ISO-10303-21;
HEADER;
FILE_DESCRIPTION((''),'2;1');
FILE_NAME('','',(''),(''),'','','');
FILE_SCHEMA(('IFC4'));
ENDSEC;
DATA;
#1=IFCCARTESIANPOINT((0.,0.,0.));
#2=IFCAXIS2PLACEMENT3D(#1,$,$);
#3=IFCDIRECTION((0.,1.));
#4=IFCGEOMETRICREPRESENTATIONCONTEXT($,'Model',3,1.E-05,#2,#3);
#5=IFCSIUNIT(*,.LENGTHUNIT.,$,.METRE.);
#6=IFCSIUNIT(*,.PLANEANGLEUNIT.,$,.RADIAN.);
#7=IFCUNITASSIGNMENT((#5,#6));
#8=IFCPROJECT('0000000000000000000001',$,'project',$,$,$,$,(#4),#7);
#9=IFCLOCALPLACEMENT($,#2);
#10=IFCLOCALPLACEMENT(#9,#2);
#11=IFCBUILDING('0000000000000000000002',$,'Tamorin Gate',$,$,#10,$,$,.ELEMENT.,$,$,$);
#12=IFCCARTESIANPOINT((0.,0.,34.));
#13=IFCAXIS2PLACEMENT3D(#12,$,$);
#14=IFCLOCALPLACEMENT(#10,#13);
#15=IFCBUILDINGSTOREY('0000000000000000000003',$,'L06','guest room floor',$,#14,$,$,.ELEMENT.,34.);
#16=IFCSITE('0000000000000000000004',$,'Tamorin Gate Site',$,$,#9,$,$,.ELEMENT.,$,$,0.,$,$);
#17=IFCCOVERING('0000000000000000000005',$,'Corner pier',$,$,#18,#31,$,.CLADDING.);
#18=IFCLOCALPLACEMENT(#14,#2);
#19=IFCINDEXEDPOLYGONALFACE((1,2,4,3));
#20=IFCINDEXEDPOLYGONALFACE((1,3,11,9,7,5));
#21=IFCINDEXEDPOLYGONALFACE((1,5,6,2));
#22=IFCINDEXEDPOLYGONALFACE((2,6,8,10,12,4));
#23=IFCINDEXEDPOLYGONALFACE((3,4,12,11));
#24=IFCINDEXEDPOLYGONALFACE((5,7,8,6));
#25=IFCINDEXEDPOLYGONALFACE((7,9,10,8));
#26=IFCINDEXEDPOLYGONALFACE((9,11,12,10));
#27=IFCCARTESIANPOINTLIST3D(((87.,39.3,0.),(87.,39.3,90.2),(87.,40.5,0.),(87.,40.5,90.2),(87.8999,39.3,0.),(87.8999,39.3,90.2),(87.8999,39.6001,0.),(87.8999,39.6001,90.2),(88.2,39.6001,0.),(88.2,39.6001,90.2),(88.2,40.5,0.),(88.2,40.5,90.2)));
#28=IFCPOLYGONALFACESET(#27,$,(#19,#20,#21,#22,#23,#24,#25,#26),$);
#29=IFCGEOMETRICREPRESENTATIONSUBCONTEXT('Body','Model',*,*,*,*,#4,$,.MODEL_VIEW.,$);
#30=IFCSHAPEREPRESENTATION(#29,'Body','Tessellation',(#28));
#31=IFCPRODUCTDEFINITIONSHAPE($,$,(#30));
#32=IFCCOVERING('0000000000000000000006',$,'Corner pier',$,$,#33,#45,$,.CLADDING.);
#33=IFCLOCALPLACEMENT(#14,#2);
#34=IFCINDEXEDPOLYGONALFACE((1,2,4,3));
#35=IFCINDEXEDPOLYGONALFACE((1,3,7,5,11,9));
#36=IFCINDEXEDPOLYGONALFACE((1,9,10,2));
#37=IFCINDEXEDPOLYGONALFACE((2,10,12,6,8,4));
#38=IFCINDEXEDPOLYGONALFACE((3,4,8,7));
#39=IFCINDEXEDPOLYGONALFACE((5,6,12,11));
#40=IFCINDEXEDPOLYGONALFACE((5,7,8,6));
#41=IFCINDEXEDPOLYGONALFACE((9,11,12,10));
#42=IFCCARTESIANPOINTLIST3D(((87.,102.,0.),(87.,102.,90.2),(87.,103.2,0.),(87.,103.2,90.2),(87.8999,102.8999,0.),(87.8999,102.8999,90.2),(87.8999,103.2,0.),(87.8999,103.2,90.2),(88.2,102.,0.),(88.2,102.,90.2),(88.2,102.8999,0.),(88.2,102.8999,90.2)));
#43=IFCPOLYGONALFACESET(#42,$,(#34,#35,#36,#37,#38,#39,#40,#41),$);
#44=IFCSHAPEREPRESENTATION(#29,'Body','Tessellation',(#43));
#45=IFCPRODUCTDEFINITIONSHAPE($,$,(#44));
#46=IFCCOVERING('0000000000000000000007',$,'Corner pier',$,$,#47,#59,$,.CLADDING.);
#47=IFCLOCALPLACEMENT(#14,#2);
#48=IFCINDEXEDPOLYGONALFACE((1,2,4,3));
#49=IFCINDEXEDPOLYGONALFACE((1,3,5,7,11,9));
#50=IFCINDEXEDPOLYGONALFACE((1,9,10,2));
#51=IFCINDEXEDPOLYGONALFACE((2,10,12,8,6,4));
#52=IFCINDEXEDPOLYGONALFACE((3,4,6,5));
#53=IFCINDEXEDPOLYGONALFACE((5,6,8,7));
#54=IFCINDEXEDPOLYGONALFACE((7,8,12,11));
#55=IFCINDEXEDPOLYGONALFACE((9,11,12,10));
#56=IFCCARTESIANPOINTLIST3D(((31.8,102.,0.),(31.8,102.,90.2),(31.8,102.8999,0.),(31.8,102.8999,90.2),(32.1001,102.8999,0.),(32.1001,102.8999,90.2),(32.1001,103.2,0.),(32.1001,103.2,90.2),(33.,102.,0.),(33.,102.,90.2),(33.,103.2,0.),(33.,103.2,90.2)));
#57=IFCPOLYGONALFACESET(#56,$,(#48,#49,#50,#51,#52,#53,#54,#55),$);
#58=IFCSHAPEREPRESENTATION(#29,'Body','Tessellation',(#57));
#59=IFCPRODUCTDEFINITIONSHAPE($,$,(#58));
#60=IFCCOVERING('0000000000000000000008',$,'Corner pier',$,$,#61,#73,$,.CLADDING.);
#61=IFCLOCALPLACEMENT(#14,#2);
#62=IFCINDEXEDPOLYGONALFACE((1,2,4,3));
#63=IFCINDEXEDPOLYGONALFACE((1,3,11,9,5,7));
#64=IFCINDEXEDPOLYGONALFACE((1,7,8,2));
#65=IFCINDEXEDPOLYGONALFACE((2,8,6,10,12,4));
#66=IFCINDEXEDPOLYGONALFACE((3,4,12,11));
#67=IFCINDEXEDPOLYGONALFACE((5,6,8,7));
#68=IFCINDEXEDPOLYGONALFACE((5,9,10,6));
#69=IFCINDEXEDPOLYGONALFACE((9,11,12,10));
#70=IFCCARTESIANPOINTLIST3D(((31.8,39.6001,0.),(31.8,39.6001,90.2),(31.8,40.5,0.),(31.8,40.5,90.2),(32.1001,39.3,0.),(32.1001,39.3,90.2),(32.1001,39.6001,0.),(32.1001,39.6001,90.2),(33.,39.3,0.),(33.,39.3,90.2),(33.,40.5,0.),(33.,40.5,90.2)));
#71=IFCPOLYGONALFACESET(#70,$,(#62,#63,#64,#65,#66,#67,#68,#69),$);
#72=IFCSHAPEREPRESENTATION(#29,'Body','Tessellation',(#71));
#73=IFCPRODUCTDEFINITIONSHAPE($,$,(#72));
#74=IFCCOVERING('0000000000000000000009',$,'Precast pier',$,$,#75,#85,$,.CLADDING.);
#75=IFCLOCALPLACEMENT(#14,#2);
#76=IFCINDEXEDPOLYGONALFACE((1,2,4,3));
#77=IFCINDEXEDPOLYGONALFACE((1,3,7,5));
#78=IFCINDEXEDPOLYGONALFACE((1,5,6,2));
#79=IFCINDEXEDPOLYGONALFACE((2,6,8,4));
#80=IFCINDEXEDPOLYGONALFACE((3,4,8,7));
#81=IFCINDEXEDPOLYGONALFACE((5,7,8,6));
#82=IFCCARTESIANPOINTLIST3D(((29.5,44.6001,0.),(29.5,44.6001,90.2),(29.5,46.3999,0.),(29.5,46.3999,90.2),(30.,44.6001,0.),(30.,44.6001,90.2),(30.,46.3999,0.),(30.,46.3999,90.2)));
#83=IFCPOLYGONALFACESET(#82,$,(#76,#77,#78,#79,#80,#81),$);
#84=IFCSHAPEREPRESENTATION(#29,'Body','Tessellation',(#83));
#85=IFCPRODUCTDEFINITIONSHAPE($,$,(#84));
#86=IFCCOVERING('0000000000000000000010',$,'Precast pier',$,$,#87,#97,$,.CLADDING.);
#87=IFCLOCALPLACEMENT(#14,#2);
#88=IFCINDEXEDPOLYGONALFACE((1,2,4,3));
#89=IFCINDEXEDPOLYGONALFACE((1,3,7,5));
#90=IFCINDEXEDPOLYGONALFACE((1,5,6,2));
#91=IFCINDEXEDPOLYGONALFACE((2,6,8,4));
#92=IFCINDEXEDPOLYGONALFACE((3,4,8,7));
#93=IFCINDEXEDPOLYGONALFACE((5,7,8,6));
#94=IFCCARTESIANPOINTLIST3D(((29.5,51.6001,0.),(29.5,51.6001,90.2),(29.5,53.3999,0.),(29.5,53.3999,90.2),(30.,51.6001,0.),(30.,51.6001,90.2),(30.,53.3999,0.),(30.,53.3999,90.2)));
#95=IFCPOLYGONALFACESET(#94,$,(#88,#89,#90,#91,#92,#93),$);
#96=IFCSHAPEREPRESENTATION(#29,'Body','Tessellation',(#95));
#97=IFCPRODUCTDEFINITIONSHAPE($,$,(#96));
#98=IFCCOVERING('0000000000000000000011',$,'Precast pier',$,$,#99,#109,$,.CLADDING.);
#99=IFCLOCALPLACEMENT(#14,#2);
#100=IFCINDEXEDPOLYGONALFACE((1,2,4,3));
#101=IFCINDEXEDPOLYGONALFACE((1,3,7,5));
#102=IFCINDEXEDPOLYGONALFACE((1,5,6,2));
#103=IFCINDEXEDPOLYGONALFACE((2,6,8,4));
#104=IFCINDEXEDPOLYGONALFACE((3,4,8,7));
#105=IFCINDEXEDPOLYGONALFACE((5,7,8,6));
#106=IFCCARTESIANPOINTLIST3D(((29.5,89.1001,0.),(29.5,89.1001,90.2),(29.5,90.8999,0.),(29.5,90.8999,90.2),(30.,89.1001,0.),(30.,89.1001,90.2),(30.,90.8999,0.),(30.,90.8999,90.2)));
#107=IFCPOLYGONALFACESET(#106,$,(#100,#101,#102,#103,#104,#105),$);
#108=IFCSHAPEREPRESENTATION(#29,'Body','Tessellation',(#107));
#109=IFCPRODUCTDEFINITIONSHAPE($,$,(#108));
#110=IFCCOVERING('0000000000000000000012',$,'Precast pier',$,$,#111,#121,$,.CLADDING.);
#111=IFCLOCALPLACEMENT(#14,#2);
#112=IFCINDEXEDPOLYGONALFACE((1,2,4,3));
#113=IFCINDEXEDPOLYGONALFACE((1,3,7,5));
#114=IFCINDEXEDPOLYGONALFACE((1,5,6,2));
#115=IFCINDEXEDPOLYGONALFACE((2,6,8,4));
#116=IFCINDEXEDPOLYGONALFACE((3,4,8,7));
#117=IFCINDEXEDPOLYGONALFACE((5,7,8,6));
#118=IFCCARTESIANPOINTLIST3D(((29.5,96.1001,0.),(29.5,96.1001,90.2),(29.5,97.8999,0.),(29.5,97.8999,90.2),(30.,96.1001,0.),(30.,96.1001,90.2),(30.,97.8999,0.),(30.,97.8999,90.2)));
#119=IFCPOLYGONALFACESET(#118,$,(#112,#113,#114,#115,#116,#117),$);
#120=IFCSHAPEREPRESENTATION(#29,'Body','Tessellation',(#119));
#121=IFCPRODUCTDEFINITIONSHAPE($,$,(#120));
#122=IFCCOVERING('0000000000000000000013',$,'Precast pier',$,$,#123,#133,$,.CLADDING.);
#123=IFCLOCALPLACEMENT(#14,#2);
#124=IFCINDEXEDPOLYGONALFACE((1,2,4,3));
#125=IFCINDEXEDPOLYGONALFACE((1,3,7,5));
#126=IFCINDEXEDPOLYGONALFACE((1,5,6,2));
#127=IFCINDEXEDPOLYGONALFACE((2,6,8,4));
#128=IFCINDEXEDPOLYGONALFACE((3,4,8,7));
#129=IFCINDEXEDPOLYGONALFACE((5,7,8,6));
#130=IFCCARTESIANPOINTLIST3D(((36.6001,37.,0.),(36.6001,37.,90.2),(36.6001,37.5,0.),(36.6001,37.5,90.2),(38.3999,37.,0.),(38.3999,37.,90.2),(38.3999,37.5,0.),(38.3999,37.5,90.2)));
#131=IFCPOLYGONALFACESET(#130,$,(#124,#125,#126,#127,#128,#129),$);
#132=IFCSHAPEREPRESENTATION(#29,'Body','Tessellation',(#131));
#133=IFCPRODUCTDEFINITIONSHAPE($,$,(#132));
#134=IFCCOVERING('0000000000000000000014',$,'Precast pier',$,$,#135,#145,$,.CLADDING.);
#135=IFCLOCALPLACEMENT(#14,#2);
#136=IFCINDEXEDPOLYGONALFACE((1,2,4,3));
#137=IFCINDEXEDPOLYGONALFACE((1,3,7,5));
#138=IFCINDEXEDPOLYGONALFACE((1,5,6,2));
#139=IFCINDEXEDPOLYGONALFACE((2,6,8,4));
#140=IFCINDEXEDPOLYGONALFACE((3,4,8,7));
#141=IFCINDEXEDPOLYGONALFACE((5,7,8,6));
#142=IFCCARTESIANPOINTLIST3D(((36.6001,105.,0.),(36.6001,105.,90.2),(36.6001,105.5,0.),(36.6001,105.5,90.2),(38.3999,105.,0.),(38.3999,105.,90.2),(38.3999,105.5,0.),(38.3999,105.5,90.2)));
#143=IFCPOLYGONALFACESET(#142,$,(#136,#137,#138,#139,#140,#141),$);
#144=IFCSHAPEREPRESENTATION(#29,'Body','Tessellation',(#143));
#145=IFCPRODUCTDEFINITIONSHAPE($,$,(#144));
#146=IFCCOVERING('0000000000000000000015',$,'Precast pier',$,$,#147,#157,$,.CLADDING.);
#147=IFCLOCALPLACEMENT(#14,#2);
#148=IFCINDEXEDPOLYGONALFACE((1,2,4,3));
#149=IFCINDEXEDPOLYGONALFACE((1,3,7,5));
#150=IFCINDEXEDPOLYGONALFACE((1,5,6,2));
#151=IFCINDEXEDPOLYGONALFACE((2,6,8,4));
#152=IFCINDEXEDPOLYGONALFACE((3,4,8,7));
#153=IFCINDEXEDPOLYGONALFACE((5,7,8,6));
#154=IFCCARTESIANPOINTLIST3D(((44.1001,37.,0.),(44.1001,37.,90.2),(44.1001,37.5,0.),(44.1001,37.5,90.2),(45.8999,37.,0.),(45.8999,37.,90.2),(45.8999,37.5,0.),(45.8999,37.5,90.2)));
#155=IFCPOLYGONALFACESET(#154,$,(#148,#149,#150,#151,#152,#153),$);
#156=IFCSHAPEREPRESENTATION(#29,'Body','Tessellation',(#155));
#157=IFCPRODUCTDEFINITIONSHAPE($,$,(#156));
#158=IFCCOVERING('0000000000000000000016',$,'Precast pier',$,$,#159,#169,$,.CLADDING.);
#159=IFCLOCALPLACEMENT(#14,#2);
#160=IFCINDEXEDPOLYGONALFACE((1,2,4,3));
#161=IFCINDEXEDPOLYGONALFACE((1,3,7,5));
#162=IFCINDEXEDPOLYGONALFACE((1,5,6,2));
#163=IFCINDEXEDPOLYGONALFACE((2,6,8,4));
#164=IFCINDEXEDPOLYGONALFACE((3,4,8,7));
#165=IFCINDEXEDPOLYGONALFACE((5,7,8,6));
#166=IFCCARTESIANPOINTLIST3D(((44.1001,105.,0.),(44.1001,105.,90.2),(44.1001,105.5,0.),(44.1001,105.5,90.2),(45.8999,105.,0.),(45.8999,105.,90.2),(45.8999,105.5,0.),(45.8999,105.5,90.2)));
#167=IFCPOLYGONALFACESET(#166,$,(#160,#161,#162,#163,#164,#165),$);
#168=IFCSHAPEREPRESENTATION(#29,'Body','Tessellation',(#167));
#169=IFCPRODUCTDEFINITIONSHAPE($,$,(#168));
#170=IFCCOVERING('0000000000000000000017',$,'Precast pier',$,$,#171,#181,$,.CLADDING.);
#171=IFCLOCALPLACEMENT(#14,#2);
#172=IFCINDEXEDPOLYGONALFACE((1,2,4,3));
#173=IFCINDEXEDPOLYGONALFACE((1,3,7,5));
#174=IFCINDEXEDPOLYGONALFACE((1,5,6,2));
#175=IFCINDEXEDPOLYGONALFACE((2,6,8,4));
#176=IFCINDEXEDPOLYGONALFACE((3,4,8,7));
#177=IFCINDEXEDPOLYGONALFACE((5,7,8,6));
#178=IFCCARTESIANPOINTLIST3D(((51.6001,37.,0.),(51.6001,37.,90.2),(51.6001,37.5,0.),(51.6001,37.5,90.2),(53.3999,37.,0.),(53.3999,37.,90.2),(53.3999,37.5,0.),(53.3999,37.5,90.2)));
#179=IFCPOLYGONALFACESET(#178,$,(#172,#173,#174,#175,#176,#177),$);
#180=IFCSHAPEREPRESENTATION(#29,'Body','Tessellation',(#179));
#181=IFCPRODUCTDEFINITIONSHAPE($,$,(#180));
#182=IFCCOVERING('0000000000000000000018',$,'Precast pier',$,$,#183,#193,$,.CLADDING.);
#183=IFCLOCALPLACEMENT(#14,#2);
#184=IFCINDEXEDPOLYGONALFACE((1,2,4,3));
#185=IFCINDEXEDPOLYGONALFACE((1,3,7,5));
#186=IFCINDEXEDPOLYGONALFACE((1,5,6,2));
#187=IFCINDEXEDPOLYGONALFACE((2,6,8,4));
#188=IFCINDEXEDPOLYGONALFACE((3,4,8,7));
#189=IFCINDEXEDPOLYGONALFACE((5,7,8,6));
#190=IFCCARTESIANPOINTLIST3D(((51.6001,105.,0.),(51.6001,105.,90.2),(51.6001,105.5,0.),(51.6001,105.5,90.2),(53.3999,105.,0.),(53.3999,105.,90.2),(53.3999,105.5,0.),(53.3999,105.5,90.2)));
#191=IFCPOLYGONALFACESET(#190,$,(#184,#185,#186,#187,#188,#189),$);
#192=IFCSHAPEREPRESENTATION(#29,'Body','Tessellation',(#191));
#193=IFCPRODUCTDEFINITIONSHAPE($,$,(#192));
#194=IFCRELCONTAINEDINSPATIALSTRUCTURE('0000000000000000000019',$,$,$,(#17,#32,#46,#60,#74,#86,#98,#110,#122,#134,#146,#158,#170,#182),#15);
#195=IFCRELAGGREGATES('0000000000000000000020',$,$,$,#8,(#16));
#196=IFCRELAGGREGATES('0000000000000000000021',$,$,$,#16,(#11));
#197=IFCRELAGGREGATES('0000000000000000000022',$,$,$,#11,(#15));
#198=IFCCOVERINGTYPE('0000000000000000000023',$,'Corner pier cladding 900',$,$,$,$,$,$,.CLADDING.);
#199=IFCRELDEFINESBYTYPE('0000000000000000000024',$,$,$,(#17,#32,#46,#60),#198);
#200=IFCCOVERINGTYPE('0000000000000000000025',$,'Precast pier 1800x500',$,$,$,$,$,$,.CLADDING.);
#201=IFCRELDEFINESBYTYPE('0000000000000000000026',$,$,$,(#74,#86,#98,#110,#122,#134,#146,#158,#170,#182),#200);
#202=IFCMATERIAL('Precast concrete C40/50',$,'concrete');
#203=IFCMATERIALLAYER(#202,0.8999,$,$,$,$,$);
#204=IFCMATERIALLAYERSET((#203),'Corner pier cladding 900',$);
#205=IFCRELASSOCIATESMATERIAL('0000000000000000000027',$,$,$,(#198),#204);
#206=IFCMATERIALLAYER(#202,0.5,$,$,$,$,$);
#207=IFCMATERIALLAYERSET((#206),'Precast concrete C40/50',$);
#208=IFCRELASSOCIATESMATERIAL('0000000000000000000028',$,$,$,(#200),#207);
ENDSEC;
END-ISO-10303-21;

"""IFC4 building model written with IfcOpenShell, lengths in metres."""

from ifc_helpers import new_model, si_unit, direction, frame, origin, place, context, subcontext, project, spatial, polyline, outline, extrude, material, layer, layer_set, type_object, element, save


model = new_model("IFC4")

# Units and contexts
model_context = context("Model", 3, precision=1e-05, world=origin(), true_north=direction((0.0, 1.0)))
body_context = subcontext(model_context, "Body", "Model", "MODEL_VIEW")
ifc_project = project(units=[si_unit("LENGTHUNIT", "METRE"), si_unit("PLANEANGLEUNIT", "RADIAN")], contexts=[model_context])

# Site, building, storey
site_placement = place(None, origin())
site = spatial("IfcSite", under=ifc_project, at=site_placement, Name="Tamorin Gate Site", CompositionType="ELEMENT", RefElevation=0.0)
building_placement = place(site_placement, origin())
building = spatial("IfcBuilding", under=site, at=building_placement, Name="Tamorin Gate", CompositionType="ELEMENT")
storey_placement = place(building_placement, frame((0.0, 0.0, 34.0)))
storey = spatial("IfcBuildingStorey", under=building, at=storey_placement, Name="L06", Description="guest room floor", CompositionType="ELEMENT", Elevation=34.0)

# Coverings
ifc_material_1 = material(Name="Precast concrete C40/50", Category="concrete")
ifc_layer_1 = layer(ifc_material_1, 0.8999)
ifc_layer_set_1 = layer_set([ifc_layer_1], Name="Corner pier cladding 900")
covering_type_1 = type_object("IfcCoveringType", Name="Corner pier cladding 900", PredefinedType="CLADDING", material=ifc_layer_set_1)
covering_1_placement = place(storey_placement, origin())
element("IfcCovering", 1, at=covering_1_placement, inside=storey, type_object=covering_type_1, Name="Corner pier", PredefinedType="CLADDING", context=body_context, shape_type="SweptSolid", body=[
    extrude(outline(polyline([(87.8999, 39.6001), (87.8999, 39.3), (87.0, 39.3), (87.0, 40.5), (88.2, 40.5), (88.2, 39.6001), (87.8999, 39.6001)])), origin(), (0.0, 0.0, 1.0), 90.2),
])
covering_2_placement = place(storey_placement, origin())
element("IfcCovering", 2, at=covering_2_placement, inside=storey, type_object=covering_type_1, Name="Corner pier", PredefinedType="CLADDING", context=body_context, shape_type="SweptSolid", body=[
    extrude(outline(polyline([(87.8999, 102.8999), (88.2, 102.8999), (88.2, 102.0), (87.0, 102.0), (87.0, 103.2), (87.8999, 103.2), (87.8999, 102.8999)])), origin(), (0.0, 0.0, 1.0), 90.2),
])
covering_3_placement = place(storey_placement, origin())
element("IfcCovering", 3, at=covering_3_placement, inside=storey, type_object=covering_type_1, Name="Corner pier", PredefinedType="CLADDING", context=body_context, shape_type="SweptSolid", body=[
    extrude(outline(polyline([(32.1001, 102.8999), (32.1001, 103.2), (33.0, 103.2), (33.0, 102.0), (31.8, 102.0), (31.8, 102.8999), (32.1001, 102.8999)])), origin(), (0.0, 0.0, 1.0), 90.2),
])
covering_4_placement = place(storey_placement, origin())
element("IfcCovering", 4, at=covering_4_placement, inside=storey, type_object=covering_type_1, Name="Corner pier", PredefinedType="CLADDING", context=body_context, shape_type="SweptSolid", body=[
    extrude(outline(polyline([(31.8, 39.6001), (31.8, 40.5), (33.0, 40.5), (33.0, 39.3), (32.1001, 39.3), (32.1001, 39.6001), (31.8, 39.6001)])), origin(), (0.0, 0.0, 1.0), 90.2),
])
ifc_layer_2 = layer(ifc_material_1, 0.5)
ifc_layer_set_2 = layer_set([ifc_layer_2], Name="Precast concrete C40/50")
covering_type_2 = type_object("IfcCoveringType", Name="Precast pier 1800x500", PredefinedType="CLADDING", material=ifc_layer_set_2)
covering_5_placement = place(storey_placement, origin())
element("IfcCovering", 5, at=covering_5_placement, inside=storey, type_object=covering_type_2, Name="Precast pier", PredefinedType="CLADDING", context=body_context, shape_type="SweptSolid", body=[
    extrude(outline(polyline([(30.0, 46.3999), (30.0, 44.6001), (29.5, 44.6001), (29.5, 46.3999), (30.0, 46.3999)])), origin(), (0.0, 0.0, 1.0), 90.2),
])
covering_6_placement = place(storey_placement, origin())
element("IfcCovering", 6, at=covering_6_placement, inside=storey, type_object=covering_type_2, Name="Precast pier", PredefinedType="CLADDING", context=body_context, shape_type="SweptSolid", body=[
    extrude(outline(polyline([(30.0, 53.3999), (30.0, 51.6001), (29.5, 51.6001), (29.5, 53.3999), (30.0, 53.3999)])), origin(), (0.0, 0.0, 1.0), 90.2),
])
covering_7_placement = place(storey_placement, origin())
element("IfcCovering", 7, at=covering_7_placement, inside=storey, type_object=covering_type_2, Name="Precast pier", PredefinedType="CLADDING", context=body_context, shape_type="SweptSolid", body=[
    extrude(outline(polyline([(30.0, 90.8999), (30.0, 89.1001), (29.5, 89.1001), (29.5, 90.8999), (30.0, 90.8999)])), origin(), (0.0, 0.0, 1.0), 90.2),
])
covering_8_placement = place(storey_placement, origin())
element("IfcCovering", 8, at=covering_8_placement, inside=storey, type_object=covering_type_2, Name="Precast pier", PredefinedType="CLADDING", context=body_context, shape_type="SweptSolid", body=[
    extrude(outline(polyline([(30.0, 97.8999), (30.0, 96.1001), (29.5, 96.1001), (29.5, 97.8999), (30.0, 97.8999)])), origin(), (0.0, 0.0, 1.0), 90.2),
])
covering_9_placement = place(storey_placement, origin())
element("IfcCovering", 9, at=covering_9_placement, inside=storey, type_object=covering_type_2, Name="Precast pier", PredefinedType="CLADDING", context=body_context, shape_type="SweptSolid", body=[
    extrude(outline(polyline([(36.6001, 37.5), (38.3999, 37.5), (38.3999, 37.0), (36.6001, 37.0), (36.6001, 37.5)])), origin(), (0.0, 0.0, 1.0), 90.2),
])
covering_10_placement = place(storey_placement, origin())
element("IfcCovering", 10, at=covering_10_placement, inside=storey, type_object=covering_type_2, Name="Precast pier", PredefinedType="CLADDING", context=body_context, shape_type="SweptSolid", body=[
    extrude(outline(polyline([(38.3999, 105.0), (36.6001, 105.0), (36.6001, 105.5), (38.3999, 105.5), (38.3999, 105.0)])), origin(), (0.0, 0.0, 1.0), 90.2),
])
covering_11_placement = place(storey_placement, origin())
element("IfcCovering", 11, at=covering_11_placement, inside=storey, type_object=covering_type_2, Name="Precast pier", PredefinedType="CLADDING", context=body_context, shape_type="SweptSolid", body=[
    extrude(outline(polyline([(44.1001, 37.5), (45.8999, 37.5), (45.8999, 37.0), (44.1001, 37.0), (44.1001, 37.5)])), origin(), (0.0, 0.0, 1.0), 90.2),
])
covering_12_placement = place(storey_placement, origin())
element("IfcCovering", 12, at=covering_12_placement, inside=storey, type_object=covering_type_2, Name="Precast pier", PredefinedType="CLADDING", context=body_context, shape_type="SweptSolid", body=[
    extrude(outline(polyline([(45.8999, 105.0), (44.1001, 105.0), (44.1001, 105.5), (45.8999, 105.5), (45.8999, 105.0)])), origin(), (0.0, 0.0, 1.0), 90.2),
])
covering_13_placement = place(storey_placement, origin())
element("IfcCovering", 13, at=covering_13_placement, inside=storey, type_object=covering_type_2, Name="Precast pier", PredefinedType="CLADDING", context=body_context, shape_type="SweptSolid", body=[
    extrude(outline(polyline([(51.6001, 37.5), (53.3999, 37.5), (53.3999, 37.0), (51.6001, 37.0), (51.6001, 37.5)])), origin(), (0.0, 0.0, 1.0), 90.2),
])
covering_14_placement = place(storey_placement, origin())
element("IfcCovering", 14, at=covering_14_placement, inside=storey, type_object=covering_type_2, Name="Precast pier", PredefinedType="CLADDING", context=body_context, shape_type="SweptSolid", body=[
    extrude(outline(polyline([(53.3999, 105.0), (51.6001, 105.0), (51.6001, 105.5), (53.3999, 105.5), (53.3999, 105.0)])), origin(), (0.0, 0.0, 1.0), 90.2),
])

save(model, "model.ifc")
